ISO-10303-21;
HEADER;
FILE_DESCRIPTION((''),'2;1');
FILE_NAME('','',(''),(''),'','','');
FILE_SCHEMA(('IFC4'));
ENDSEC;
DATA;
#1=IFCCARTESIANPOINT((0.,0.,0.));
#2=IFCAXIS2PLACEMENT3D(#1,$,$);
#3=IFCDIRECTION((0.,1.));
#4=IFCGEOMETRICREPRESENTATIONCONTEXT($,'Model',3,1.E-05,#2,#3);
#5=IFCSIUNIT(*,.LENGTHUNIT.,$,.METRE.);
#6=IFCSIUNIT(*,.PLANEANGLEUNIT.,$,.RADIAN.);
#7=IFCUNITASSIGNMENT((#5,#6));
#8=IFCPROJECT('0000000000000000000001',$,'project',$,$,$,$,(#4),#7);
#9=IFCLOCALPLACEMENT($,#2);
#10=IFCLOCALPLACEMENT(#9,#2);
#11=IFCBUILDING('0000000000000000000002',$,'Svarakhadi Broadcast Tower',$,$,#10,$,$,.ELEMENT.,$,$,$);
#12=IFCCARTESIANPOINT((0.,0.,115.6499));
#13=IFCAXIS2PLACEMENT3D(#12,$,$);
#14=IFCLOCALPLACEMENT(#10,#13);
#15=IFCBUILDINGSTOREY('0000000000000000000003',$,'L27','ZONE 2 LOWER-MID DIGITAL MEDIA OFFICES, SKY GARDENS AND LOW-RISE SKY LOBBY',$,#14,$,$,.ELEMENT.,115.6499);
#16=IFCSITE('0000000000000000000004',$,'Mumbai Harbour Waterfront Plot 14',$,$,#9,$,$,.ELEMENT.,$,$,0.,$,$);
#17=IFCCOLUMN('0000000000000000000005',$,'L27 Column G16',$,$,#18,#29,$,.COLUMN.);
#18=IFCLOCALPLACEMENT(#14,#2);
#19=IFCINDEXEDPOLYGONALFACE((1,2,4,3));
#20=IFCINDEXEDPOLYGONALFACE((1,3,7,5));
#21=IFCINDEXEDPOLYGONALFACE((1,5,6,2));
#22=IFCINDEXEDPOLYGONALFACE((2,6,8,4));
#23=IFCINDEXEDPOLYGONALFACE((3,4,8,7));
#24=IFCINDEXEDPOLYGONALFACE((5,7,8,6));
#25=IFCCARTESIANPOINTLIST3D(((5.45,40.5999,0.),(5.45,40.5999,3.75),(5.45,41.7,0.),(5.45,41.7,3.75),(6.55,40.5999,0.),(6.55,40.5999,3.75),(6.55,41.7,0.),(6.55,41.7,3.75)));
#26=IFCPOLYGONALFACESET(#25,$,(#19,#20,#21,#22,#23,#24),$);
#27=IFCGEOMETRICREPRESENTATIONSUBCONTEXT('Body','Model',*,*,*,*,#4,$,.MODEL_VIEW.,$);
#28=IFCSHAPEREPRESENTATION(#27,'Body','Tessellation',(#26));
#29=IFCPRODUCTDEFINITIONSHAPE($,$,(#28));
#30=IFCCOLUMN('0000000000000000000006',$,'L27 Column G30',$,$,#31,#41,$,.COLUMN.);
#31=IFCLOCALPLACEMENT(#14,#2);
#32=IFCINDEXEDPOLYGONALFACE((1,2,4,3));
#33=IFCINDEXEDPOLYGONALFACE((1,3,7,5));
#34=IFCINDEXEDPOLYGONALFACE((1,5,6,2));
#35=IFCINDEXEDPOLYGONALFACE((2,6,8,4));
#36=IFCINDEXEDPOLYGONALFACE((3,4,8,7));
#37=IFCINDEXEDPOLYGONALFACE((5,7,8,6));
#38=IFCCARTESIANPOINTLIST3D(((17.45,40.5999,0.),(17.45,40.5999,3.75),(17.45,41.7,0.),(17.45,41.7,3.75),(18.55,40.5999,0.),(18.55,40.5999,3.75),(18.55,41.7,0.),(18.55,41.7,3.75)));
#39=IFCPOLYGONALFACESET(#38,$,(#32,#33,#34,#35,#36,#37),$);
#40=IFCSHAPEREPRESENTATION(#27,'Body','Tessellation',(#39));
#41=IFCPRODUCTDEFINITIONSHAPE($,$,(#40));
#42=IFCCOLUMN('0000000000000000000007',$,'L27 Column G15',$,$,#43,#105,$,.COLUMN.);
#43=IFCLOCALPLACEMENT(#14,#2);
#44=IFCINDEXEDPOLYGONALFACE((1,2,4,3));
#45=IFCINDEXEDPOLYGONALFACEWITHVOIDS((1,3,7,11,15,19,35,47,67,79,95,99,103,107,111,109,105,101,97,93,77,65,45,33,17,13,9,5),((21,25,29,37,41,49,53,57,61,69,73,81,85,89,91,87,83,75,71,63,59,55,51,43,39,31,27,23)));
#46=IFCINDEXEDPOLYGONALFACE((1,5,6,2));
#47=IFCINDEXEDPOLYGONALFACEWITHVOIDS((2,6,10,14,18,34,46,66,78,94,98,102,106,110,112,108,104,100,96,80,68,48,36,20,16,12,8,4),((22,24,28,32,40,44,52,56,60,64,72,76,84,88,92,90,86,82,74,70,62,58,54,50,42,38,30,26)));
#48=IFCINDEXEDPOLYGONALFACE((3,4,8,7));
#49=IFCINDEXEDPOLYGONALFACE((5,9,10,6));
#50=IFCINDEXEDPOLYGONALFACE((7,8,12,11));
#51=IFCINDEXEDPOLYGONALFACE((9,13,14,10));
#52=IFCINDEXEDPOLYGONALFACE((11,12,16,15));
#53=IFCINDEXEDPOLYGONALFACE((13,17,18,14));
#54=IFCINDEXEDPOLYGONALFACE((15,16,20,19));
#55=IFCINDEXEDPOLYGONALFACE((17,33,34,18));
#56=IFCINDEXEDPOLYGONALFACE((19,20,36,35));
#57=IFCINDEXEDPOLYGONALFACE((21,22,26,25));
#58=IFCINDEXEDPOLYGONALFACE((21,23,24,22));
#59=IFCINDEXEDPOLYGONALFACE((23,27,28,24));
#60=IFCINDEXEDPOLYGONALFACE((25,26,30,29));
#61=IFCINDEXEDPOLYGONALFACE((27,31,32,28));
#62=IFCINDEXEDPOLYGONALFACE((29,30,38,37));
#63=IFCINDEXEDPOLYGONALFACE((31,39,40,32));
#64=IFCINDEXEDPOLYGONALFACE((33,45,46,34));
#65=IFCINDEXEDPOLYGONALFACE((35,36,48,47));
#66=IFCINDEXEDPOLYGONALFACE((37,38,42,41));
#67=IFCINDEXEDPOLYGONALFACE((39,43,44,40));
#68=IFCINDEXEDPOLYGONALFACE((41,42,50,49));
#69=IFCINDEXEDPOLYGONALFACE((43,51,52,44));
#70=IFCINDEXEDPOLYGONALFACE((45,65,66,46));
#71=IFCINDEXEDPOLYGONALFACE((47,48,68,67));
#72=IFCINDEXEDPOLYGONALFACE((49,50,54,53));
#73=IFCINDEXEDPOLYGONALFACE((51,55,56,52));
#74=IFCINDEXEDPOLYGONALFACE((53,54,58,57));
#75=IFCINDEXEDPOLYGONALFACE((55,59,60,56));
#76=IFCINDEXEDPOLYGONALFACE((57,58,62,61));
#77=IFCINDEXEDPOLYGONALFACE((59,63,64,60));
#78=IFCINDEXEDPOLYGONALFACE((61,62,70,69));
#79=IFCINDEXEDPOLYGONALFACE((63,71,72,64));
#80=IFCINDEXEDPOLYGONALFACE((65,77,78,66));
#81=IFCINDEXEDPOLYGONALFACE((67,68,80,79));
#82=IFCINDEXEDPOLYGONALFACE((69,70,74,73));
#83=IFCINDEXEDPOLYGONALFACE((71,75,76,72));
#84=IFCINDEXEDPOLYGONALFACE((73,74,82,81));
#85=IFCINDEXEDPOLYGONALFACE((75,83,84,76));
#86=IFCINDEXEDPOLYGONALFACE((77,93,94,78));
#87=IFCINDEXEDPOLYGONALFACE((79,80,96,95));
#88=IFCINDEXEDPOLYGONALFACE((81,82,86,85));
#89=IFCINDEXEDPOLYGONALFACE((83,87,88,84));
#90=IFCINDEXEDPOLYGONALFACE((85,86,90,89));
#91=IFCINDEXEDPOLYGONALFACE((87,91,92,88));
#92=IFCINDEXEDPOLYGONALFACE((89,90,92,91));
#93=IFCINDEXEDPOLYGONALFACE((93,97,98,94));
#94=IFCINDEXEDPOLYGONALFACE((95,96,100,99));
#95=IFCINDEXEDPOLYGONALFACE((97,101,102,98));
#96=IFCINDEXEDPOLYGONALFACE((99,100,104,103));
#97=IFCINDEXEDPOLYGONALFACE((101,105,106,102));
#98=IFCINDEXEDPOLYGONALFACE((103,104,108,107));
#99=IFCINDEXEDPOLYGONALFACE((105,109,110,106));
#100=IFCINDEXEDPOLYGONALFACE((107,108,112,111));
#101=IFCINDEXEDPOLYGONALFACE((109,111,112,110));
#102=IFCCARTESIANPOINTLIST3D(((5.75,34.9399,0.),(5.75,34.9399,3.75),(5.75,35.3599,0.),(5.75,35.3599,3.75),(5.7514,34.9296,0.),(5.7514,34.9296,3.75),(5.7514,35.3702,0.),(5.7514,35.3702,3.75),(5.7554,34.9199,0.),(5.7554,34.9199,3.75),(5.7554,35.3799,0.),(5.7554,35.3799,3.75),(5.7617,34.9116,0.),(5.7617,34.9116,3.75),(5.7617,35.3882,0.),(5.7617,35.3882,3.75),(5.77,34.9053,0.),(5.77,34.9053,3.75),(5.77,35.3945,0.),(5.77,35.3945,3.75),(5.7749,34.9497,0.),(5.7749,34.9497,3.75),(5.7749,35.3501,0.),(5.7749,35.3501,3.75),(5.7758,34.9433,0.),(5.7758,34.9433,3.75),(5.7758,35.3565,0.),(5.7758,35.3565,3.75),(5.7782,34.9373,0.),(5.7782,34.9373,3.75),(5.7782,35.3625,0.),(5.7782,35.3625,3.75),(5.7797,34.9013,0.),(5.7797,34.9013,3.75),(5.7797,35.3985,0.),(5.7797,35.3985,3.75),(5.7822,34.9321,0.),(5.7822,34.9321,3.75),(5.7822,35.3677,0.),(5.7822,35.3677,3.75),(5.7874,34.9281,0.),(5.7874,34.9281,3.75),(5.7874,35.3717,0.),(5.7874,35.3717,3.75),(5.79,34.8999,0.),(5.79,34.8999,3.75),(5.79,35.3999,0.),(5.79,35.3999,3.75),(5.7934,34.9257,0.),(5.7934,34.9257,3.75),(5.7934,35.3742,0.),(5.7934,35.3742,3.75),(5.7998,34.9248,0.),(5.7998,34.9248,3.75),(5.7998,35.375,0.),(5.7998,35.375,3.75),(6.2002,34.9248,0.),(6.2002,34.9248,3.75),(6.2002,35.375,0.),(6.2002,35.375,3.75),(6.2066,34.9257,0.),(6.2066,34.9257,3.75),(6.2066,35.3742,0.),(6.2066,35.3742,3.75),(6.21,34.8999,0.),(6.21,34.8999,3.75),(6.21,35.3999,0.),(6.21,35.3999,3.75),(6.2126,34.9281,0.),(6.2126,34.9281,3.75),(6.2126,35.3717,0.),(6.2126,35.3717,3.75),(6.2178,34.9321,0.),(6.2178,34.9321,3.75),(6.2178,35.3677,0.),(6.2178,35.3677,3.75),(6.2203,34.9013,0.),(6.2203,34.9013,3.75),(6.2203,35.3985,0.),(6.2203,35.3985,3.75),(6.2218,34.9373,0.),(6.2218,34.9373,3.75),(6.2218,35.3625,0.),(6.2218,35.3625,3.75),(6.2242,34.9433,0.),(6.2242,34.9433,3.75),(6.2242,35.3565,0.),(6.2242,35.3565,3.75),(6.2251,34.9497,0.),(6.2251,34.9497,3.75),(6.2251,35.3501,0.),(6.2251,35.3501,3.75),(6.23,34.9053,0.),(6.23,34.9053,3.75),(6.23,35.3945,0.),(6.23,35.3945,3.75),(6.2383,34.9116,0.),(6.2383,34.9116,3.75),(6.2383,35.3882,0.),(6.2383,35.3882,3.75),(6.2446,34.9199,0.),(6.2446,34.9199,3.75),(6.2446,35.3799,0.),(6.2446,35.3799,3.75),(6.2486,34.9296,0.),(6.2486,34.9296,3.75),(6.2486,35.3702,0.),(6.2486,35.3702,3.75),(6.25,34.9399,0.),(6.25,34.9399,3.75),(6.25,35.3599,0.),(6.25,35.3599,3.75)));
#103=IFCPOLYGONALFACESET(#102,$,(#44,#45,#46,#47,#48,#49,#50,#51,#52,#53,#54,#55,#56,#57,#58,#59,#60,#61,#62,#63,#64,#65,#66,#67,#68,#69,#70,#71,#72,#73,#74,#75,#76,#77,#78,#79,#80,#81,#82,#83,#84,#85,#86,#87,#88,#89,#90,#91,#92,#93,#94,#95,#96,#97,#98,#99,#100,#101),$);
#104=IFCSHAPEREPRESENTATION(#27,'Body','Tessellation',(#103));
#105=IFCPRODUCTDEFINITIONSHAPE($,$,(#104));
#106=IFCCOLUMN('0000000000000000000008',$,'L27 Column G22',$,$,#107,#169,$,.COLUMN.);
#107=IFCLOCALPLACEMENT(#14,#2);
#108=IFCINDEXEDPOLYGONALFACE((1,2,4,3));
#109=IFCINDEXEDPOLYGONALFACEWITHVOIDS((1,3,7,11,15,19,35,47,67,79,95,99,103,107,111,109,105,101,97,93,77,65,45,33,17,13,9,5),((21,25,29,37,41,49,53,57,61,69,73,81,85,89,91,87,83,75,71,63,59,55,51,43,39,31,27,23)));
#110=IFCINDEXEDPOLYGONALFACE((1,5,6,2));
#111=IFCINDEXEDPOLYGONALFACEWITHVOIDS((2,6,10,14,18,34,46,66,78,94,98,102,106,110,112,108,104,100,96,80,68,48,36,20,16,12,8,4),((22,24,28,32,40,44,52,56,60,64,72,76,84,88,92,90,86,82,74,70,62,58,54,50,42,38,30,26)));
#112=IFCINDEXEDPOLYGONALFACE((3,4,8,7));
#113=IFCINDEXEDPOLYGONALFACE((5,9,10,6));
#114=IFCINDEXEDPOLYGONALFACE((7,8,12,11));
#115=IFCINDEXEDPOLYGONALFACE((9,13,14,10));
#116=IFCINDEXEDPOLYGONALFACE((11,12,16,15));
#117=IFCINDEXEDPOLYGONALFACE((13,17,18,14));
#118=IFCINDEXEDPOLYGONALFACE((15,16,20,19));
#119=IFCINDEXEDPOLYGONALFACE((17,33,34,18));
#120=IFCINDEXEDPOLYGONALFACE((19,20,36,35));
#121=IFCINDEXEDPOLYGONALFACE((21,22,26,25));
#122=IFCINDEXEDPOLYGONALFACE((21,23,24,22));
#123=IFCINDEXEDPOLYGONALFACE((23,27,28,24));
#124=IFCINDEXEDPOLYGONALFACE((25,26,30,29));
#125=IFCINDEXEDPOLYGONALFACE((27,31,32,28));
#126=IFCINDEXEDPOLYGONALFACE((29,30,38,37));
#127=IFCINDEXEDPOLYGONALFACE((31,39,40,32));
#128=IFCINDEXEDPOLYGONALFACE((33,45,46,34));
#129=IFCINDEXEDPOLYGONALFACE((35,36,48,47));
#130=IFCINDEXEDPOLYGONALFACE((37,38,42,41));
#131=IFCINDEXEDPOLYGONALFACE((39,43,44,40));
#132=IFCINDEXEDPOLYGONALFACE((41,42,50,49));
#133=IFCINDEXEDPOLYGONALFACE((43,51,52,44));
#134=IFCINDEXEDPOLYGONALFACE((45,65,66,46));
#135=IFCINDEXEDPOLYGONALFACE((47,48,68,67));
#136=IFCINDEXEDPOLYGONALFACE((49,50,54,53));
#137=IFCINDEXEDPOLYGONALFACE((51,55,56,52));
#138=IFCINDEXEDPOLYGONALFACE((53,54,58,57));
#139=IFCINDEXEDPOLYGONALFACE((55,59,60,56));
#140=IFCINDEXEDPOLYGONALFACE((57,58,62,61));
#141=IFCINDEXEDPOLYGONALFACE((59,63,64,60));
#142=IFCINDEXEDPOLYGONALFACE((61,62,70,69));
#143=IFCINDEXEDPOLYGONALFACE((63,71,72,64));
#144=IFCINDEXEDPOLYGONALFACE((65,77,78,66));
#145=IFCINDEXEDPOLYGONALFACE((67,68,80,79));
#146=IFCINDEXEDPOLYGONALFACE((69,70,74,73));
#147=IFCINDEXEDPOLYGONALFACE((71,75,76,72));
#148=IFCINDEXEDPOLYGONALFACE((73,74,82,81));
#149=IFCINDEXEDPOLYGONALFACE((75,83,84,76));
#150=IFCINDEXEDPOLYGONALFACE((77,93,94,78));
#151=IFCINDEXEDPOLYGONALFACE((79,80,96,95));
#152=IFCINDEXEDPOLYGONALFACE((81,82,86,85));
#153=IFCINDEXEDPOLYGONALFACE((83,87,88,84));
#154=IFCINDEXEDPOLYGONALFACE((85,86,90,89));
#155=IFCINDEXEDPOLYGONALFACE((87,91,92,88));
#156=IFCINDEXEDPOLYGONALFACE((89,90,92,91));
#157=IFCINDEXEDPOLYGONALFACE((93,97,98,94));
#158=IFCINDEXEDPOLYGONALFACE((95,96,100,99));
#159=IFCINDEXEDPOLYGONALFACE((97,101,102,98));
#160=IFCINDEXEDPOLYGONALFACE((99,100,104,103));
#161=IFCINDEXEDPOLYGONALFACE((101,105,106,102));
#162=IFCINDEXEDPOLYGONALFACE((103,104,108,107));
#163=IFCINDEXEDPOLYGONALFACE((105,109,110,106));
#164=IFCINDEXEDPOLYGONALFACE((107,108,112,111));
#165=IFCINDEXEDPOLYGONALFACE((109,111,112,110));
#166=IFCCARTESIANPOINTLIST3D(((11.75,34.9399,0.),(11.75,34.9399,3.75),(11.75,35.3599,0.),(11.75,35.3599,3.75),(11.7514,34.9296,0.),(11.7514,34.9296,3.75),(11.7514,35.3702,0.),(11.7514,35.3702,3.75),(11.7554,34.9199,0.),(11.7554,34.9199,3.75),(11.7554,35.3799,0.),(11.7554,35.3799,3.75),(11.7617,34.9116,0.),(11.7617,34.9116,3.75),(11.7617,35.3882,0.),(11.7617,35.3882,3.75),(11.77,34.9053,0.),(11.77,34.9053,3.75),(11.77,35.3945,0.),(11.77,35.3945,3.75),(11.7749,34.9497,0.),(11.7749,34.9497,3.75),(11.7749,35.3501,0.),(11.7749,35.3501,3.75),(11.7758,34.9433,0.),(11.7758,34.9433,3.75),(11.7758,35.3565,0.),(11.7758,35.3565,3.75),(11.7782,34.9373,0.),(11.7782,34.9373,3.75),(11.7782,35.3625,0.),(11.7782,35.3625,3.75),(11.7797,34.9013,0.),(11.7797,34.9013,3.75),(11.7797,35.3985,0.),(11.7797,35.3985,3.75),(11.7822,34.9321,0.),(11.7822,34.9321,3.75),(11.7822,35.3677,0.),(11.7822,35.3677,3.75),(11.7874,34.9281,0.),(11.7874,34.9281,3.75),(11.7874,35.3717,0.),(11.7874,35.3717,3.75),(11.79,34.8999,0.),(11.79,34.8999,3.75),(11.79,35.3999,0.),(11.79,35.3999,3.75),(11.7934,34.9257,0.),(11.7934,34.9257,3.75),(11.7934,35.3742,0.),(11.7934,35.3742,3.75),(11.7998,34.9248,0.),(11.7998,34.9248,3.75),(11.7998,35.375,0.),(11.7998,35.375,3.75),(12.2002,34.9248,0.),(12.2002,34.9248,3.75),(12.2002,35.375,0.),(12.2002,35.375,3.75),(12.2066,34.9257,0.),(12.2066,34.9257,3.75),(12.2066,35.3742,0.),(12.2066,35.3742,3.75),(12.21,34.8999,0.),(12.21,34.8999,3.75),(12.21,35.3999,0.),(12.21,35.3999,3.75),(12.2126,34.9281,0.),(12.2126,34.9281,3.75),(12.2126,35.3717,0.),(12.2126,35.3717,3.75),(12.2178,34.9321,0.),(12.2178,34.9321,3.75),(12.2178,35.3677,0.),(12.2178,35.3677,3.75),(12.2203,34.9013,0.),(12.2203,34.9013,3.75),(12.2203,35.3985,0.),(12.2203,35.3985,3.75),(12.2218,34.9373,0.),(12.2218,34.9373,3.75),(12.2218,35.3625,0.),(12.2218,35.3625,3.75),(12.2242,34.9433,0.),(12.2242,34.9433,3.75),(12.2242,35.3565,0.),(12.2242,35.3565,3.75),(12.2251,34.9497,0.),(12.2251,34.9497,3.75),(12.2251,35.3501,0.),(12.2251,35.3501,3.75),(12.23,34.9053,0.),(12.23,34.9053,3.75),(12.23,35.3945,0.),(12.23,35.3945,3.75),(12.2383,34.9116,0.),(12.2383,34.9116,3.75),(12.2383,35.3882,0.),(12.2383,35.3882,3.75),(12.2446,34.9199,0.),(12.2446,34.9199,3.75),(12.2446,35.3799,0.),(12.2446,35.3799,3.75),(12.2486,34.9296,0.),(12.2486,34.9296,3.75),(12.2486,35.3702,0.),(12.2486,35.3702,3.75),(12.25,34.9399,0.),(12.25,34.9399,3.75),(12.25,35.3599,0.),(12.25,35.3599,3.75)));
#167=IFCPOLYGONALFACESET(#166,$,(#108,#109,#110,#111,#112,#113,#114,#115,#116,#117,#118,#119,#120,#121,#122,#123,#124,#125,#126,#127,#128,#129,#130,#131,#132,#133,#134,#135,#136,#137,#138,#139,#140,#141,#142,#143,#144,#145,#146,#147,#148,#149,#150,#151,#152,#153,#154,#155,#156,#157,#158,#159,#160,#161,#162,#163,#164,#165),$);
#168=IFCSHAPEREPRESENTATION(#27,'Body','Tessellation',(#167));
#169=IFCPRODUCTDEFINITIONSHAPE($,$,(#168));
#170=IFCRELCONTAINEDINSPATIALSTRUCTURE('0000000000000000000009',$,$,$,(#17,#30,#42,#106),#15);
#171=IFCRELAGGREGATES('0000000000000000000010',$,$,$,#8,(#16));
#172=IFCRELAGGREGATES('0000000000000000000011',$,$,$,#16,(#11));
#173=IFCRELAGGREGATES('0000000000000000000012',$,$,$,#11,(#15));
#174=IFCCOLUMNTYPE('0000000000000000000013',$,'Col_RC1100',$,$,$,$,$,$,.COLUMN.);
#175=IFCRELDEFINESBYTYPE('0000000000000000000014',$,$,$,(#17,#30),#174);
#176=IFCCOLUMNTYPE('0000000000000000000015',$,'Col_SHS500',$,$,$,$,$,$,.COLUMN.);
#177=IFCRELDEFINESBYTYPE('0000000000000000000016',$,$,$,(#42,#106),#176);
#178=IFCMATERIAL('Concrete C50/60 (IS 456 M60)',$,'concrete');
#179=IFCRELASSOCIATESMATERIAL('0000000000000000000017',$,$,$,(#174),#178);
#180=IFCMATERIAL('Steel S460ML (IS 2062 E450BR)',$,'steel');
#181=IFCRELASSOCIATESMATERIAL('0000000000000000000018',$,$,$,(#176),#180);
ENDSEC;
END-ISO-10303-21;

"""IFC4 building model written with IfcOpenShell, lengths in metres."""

from ifc_helpers import new_model, si_unit, direction, frame, origin, origin_2d, place, context, subcontext, project, spatial, rectangle, hollow_rectangle, extrude, material, material_profile, profile_set, type_object, element, save


model = new_model("IFC4")

# Units and contexts
model_context = context("Model", 3, precision=1e-05, world=origin(), true_north=direction((0.0, 1.0)))
body_context = subcontext(model_context, "Body", "Model", "MODEL_VIEW")
ifc_project = project(units=[si_unit("LENGTHUNIT", "METRE"), si_unit("PLANEANGLEUNIT", "RADIAN")], contexts=[model_context])

# Site, building, storey
site_placement = place(None, origin())
site = spatial("IfcSite", under=ifc_project, at=site_placement, Name="Mumbai Harbour Waterfront Plot 14", CompositionType="ELEMENT", RefElevation=0.0)
building_placement = place(site_placement, origin())
building = spatial("IfcBuilding", under=site, at=building_placement, Name="Svarakhadi Broadcast Tower", CompositionType="ELEMENT")
storey_placement = place(building_placement, frame((0.0, 0.0, 115.6499)))
storey = spatial("IfcBuildingStorey", under=building, at=storey_placement, Name="L27", Description="ZONE 2 LOWER-MID DIGITAL MEDIA OFFICES, SKY GARDENS AND LOW-RISE SKY LOBBY", CompositionType="ELEMENT", Elevation=115.6499)

# Columns
ifc_material_1 = material(Name="Concrete C50/60 (IS 456 M60)", Category="concrete")
ifc_material_profile_1 = material_profile(ifc_material_1, rectangle(XDim=1.1001, YDim=1.1001, at=origin_2d()), Name="RC 1100x1100")
ifc_profile_set_1 = profile_set([ifc_material_profile_1], Name="Concrete C50/60 (IS 456 M60)")
column_type_1 = type_object("IfcColumnType", Name="Col_RC1100", PredefinedType="COLUMN", material=ifc_profile_set_1)
for number, where, z_axis, x_axis, name in (
    (1, (6.0, 41.1499, 0.0), (0.0, 0.0, 1.0), (1.0, 0.0, 0.0), "L27 Column G16"),
    (2, (18.0, 41.1499, 0.0), (0.0, 0.0, 1.0), (1.0, 0.0, 0.0), "L27 Column G30"),
):
    element("IfcColumn", number, at=place(storey_placement, frame(where, z_axis=z_axis, x_axis=x_axis)), inside=storey, type_object=column_type_1, Name=name, PredefinedType="COLUMN", context=body_context, shape_type="SweptSolid", body=[
        extrude(rectangle(XDim=1.1001, YDim=1.1001, at=origin_2d()), origin(), (0.0, 0.0, 1.0), 3.75),
    ])
ifc_material_2 = material(Name="Steel S460ML (IS 2062 E450BR)", Category="steel")
ifc_material_profile_2 = material_profile(ifc_material_2, hollow_rectangle(XDim=0.5, YDim=0.5, WallThickness=0.0249, InnerFilletRadius=0.0249, OuterFilletRadius=0.04, at=origin_2d()), Name="SHS 500x500x25")
ifc_profile_set_2 = profile_set([ifc_material_profile_2], Name="Steel S460ML (IS 2062 E450BR)")
column_type_2 = type_object("IfcColumnType", Name="Col_SHS500", PredefinedType="COLUMN", material=ifc_profile_set_2)
for number, where, z_axis, x_axis, name in (
    (3, (6.0, 35.1499, 0.0), (0.0, 0.0, 1.0), (1.0, 0.0, 0.0), "L27 Column G15"),
    (4, (12.0, 35.1499, 0.0), (0.0, 0.0, 1.0), (1.0, 0.0, 0.0), "L27 Column G22"),
):
    element("IfcColumn", number, at=place(storey_placement, frame(where, z_axis=z_axis, x_axis=x_axis)), inside=storey, type_object=column_type_2, Name=name, PredefinedType="COLUMN", context=body_context, shape_type="SweptSolid", body=[
        extrude(hollow_rectangle(XDim=0.5, YDim=0.5, WallThickness=0.0249, InnerFilletRadius=0.0249, OuterFilletRadius=0.04, at=origin_2d()), origin(), (0.0, 0.0, 1.0), 3.75),
    ])

save(model, "model.ifc")
